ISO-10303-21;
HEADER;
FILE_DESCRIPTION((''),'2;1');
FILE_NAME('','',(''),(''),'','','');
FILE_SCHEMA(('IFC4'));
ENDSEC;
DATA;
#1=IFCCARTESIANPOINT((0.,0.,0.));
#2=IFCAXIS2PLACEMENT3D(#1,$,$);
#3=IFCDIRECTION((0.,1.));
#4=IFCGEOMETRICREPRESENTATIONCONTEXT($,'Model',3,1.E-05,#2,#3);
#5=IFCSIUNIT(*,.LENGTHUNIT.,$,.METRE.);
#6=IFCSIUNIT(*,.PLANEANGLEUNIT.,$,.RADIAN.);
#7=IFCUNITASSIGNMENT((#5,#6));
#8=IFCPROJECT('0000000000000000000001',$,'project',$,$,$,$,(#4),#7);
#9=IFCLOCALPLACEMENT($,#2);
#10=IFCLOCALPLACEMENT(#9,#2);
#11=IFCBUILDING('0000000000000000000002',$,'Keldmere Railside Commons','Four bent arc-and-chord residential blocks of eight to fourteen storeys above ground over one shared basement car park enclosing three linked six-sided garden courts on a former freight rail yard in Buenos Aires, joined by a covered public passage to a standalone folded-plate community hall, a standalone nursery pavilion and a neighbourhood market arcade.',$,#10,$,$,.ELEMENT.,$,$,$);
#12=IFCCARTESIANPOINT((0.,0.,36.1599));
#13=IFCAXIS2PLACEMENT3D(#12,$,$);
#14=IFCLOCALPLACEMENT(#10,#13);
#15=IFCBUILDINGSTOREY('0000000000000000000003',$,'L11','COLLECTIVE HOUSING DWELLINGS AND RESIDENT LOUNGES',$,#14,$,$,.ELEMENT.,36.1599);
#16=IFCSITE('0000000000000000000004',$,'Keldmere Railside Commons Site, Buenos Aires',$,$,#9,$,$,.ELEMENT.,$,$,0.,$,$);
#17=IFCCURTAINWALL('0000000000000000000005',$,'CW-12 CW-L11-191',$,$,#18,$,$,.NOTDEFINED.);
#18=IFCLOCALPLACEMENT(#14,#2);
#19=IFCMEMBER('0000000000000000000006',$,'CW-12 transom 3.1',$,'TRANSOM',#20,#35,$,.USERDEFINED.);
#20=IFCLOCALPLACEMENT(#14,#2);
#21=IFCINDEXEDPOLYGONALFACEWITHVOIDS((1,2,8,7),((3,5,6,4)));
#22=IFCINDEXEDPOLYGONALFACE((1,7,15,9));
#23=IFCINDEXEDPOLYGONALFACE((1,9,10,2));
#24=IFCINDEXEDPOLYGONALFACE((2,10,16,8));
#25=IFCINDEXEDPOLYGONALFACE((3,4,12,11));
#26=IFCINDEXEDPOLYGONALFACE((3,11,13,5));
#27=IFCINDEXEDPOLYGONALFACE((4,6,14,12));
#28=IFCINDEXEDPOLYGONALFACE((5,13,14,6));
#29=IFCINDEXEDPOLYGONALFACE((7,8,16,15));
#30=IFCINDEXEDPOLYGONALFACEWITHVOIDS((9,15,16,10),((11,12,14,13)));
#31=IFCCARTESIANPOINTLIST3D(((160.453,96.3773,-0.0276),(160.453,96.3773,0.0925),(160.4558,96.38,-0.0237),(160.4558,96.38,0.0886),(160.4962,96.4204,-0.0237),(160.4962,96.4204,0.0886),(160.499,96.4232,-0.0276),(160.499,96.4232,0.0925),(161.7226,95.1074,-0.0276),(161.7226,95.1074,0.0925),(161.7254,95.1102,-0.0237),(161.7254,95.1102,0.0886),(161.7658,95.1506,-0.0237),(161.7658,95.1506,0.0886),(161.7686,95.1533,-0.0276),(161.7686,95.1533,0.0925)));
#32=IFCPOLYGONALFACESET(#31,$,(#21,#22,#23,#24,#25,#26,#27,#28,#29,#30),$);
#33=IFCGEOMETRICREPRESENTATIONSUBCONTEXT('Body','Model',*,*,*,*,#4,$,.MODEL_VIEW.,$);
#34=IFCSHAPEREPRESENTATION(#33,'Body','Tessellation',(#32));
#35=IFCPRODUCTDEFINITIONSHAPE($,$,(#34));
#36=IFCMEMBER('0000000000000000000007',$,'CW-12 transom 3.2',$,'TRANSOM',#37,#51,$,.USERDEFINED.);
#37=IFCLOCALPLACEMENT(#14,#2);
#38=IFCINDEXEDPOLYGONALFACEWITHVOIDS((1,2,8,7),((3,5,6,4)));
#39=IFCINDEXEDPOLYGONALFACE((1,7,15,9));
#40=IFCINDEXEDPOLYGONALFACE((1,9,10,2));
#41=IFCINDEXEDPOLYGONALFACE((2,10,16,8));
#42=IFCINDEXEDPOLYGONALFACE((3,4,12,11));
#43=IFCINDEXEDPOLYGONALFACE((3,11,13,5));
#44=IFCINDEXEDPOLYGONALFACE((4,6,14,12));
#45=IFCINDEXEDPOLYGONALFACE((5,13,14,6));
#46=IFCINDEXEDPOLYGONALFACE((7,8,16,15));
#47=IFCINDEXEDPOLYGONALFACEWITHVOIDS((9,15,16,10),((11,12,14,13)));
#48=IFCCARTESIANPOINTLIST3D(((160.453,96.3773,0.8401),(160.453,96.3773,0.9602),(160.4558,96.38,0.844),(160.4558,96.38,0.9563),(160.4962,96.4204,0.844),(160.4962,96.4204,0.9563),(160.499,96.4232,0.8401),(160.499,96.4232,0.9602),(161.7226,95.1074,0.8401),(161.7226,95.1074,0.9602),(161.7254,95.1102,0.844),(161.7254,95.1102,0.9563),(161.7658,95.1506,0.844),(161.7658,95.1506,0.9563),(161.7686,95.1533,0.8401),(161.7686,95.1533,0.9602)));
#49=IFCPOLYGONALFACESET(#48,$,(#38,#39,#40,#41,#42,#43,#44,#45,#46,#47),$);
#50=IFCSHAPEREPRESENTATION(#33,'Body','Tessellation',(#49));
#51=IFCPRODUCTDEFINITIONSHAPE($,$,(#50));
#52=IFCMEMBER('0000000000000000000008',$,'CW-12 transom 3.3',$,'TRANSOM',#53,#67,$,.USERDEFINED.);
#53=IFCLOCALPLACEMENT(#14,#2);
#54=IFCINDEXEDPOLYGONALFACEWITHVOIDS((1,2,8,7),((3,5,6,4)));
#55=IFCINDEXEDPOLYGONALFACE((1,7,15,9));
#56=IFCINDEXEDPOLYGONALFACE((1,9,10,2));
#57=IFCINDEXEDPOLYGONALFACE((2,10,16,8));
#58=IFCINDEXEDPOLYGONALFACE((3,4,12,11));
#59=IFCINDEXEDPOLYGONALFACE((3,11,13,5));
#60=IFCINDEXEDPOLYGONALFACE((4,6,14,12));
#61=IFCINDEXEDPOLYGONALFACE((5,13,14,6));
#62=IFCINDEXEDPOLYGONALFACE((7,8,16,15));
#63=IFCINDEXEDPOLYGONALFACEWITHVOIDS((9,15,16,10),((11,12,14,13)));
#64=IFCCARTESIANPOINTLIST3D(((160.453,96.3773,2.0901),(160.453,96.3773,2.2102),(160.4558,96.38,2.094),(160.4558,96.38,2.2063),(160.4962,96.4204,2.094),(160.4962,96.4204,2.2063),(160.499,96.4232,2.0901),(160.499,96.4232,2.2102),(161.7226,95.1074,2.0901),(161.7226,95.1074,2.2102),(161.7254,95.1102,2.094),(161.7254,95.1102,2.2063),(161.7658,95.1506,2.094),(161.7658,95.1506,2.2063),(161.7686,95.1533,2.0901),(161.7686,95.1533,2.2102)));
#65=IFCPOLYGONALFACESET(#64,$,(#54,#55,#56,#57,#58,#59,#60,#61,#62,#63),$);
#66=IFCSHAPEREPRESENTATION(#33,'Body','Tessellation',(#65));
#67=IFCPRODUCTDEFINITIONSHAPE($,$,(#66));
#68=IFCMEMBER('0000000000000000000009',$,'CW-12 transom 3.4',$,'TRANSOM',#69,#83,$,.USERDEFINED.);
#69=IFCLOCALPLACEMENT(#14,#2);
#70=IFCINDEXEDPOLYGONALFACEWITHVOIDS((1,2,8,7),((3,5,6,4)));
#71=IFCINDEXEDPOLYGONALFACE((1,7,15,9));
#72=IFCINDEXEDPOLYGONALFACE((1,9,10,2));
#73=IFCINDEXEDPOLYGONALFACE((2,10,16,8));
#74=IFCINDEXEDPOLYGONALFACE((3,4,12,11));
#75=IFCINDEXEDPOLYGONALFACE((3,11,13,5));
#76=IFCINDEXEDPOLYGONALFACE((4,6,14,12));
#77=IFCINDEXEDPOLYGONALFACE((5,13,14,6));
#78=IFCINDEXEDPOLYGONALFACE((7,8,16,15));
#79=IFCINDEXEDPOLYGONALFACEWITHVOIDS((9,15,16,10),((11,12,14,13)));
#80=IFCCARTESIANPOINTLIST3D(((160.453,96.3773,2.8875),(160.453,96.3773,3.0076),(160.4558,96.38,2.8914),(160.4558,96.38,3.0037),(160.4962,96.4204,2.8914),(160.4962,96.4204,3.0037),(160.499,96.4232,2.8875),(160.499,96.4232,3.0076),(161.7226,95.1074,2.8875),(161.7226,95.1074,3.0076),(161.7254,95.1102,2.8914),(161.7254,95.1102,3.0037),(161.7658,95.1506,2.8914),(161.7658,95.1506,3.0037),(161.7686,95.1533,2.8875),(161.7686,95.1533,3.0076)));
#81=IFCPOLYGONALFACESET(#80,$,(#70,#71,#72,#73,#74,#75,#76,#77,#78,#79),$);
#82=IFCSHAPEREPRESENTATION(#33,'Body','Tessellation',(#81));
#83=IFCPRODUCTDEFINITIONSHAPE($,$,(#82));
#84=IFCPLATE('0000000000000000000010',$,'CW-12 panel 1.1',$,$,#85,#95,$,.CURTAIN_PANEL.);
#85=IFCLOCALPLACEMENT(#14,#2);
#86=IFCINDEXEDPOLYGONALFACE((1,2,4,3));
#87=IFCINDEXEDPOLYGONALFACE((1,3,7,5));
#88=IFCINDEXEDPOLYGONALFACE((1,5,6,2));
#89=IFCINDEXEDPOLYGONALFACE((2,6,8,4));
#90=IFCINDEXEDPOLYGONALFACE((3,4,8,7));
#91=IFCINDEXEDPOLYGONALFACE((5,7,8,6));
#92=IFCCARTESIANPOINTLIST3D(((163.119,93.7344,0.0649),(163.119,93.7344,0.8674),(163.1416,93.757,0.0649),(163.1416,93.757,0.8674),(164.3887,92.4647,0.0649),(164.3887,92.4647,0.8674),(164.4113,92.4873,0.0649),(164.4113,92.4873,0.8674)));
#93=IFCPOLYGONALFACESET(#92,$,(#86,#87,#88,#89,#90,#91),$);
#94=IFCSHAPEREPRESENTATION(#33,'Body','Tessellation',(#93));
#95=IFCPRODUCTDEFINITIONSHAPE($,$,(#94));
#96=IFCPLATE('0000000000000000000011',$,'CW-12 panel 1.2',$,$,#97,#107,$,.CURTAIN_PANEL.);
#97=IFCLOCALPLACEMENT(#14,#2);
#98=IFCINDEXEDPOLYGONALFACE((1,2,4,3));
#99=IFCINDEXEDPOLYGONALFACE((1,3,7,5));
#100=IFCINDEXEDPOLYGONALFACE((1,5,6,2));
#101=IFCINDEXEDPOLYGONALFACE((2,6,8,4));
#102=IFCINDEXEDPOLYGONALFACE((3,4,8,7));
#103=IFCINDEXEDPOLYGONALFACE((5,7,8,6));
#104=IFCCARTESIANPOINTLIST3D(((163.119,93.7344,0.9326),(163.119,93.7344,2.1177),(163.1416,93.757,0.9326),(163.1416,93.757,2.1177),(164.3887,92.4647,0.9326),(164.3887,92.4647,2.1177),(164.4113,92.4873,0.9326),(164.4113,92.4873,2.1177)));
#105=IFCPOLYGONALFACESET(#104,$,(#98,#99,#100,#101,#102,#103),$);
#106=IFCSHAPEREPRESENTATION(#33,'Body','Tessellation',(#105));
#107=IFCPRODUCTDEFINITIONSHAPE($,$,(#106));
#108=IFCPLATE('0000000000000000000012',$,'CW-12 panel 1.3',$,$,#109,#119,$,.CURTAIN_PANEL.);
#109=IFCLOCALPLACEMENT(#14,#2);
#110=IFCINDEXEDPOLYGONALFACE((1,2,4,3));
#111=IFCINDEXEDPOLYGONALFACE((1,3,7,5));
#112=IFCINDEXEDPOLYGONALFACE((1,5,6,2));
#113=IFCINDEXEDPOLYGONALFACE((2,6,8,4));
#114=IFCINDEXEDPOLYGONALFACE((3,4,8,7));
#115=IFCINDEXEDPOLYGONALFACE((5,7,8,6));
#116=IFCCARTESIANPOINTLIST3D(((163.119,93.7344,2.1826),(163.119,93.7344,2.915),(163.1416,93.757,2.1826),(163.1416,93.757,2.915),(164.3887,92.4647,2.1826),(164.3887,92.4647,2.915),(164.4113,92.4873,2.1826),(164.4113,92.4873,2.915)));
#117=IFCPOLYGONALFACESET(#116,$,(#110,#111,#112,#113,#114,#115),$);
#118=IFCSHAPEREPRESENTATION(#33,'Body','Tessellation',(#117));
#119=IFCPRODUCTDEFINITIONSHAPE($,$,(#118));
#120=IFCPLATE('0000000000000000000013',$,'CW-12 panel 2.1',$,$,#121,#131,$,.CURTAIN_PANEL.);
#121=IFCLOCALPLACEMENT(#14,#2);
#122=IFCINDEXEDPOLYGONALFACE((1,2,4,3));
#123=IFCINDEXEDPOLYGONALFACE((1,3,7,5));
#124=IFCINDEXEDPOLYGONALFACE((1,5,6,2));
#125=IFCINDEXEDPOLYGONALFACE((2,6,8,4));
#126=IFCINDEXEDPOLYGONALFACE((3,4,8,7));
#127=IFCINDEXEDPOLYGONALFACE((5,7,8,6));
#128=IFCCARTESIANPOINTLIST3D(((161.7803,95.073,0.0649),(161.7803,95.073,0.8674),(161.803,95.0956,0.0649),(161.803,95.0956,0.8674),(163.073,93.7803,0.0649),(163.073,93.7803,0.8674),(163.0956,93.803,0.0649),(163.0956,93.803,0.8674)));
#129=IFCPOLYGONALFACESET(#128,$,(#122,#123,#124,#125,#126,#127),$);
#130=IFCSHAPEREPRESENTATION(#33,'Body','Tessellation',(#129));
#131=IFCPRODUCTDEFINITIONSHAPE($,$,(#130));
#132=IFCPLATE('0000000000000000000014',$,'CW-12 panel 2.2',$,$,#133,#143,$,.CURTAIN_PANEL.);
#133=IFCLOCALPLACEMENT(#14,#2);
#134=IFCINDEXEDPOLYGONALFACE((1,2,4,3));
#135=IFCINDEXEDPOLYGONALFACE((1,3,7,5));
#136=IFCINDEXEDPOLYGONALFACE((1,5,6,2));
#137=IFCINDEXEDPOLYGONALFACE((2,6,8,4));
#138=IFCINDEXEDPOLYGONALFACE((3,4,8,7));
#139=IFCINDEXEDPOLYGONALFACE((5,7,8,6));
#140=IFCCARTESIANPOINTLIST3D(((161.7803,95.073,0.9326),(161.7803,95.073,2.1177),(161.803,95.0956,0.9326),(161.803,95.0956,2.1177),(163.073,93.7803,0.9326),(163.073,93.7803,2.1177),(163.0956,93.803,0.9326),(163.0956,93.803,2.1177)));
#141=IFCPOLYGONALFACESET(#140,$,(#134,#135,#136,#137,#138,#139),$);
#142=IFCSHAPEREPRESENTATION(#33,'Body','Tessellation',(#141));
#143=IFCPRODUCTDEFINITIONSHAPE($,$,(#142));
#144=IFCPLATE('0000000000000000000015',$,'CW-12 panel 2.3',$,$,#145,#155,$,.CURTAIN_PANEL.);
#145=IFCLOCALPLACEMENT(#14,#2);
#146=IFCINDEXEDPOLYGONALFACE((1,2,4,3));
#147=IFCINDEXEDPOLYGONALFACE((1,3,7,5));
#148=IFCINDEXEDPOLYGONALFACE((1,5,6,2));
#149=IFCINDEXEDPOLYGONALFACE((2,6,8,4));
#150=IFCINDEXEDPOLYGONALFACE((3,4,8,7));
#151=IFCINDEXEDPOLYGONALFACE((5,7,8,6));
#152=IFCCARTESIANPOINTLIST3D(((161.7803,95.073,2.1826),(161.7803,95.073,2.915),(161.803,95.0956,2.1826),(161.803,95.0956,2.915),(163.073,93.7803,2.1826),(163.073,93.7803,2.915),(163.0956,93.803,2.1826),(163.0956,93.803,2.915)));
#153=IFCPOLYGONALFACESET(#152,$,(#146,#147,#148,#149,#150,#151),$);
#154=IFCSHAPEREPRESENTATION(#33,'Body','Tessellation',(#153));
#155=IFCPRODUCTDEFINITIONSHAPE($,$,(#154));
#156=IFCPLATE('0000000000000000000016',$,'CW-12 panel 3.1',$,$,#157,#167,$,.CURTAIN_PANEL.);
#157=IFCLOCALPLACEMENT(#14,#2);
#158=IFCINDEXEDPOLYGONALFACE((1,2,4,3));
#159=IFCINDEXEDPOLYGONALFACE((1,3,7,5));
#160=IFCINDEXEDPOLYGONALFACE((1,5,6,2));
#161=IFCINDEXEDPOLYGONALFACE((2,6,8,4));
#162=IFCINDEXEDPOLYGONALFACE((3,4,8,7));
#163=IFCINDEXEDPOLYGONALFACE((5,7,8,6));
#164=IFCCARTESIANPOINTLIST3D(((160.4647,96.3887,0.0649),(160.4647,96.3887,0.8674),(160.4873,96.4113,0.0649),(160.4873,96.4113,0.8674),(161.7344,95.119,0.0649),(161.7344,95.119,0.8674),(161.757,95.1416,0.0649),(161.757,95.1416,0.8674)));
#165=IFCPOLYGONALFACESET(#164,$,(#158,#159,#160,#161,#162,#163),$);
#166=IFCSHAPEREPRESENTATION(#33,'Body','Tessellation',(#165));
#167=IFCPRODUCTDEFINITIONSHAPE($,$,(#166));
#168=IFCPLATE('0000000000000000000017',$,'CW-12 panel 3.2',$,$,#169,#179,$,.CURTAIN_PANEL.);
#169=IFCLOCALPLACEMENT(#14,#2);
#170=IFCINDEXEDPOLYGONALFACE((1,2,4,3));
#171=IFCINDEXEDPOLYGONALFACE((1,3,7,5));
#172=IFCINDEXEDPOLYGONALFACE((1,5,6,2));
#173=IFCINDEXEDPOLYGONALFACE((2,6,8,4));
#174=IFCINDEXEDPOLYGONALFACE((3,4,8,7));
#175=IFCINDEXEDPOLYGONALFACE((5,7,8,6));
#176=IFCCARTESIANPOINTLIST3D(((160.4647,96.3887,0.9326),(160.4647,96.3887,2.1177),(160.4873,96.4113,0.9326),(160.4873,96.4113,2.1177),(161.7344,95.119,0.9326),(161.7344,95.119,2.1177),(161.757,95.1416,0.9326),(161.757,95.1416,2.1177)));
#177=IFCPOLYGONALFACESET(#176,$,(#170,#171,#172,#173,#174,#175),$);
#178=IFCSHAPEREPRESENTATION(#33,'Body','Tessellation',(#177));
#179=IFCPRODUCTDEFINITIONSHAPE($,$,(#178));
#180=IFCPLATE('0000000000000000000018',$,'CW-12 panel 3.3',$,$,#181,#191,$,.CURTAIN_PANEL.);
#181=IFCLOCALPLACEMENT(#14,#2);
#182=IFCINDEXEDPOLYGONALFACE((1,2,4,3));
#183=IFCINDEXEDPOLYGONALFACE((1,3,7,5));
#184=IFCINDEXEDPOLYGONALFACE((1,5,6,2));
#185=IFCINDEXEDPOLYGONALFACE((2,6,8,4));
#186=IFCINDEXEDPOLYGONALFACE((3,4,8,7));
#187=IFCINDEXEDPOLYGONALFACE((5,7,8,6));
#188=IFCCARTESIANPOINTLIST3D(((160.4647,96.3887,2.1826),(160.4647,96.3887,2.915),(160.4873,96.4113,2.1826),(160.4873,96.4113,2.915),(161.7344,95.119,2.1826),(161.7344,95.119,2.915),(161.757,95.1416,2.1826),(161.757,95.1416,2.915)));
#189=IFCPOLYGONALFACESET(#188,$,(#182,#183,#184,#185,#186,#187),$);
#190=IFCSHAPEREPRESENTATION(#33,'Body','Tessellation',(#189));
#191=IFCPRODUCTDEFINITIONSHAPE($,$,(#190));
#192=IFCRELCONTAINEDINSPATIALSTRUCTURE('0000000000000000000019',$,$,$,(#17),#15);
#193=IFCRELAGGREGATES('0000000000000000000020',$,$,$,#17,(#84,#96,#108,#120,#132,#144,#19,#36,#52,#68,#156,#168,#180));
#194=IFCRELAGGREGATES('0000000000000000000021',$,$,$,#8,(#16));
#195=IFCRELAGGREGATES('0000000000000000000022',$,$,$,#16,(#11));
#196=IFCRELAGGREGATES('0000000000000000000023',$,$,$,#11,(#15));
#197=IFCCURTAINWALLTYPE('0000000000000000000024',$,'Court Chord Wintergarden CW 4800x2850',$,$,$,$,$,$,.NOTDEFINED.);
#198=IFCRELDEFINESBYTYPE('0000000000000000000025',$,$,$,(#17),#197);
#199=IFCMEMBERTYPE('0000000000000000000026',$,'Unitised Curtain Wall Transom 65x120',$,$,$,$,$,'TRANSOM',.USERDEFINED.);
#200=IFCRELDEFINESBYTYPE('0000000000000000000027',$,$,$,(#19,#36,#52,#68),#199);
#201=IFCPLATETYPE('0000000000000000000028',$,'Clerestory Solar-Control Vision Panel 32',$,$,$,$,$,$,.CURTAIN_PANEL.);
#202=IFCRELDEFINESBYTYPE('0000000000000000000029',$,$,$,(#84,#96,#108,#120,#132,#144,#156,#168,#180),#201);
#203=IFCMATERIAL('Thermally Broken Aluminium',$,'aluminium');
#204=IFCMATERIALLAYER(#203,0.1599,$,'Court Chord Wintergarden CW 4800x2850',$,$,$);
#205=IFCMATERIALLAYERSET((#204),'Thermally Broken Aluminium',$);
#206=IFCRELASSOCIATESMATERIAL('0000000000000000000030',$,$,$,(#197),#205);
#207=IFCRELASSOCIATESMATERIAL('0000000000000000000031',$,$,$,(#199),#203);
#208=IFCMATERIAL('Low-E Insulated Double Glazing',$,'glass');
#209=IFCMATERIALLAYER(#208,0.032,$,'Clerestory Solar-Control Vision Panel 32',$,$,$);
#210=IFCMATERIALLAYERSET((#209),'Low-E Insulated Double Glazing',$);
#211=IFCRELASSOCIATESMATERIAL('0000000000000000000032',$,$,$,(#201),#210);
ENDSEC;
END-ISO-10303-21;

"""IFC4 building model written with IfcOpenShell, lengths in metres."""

from ifc_helpers import new_model, si_unit, direction, frame, origin, origin_2d, place, context, subcontext, project, spatial, rectangle, hollow_rectangle, extrude, material, layer, layer_set, material_profile, profile_set, type_object, element, aggregate, save


model = new_model("IFC4")

# Units and contexts
model_context = context("Model", 3, precision=1e-05, world=origin(), true_north=direction((0.0, 1.0)))
body_context = subcontext(model_context, "Body", "Model", "MODEL_VIEW")
ifc_project = project(units=[si_unit("LENGTHUNIT", "METRE"), si_unit("PLANEANGLEUNIT", "RADIAN")], contexts=[model_context])

# Site, building, storey
site_placement = place(None, origin())
site = spatial("IfcSite", under=ifc_project, at=site_placement, Name="Keldmere Railside Commons Site, Buenos Aires", CompositionType="ELEMENT", RefElevation=0.0)
building_placement = place(site_placement, origin())
building = spatial("IfcBuilding", under=site, at=building_placement, Name="Keldmere Railside Commons", Description="Four bent arc-and-chord residential blocks of eight to fourteen storeys above ground over one shared basement car park enclosing three linked six-sided garden courts on a former freight rail yard in Buenos Aires, joined by a covered public passage to a standalone folded-plate community hall, a standalone nursery pavilion and a neighbourhood market arcade.", CompositionType="ELEMENT")
storey_placement = place(building_placement, frame((0.0, 0.0, 36.1599)))
storey = spatial("IfcBuildingStorey", under=building, at=storey_placement, Name="L11", Description="COLLECTIVE HOUSING DWELLINGS AND RESIDENT LOUNGES", CompositionType="ELEMENT", Elevation=36.1599)

# Curtain wall, members, plates
ifc_material_1 = material(Name="Thermally Broken Aluminium", Category="aluminium")
ifc_layer_1 = layer(ifc_material_1, 0.1599, Name="Court Chord Wintergarden CW 4800x2850")
ifc_layer_set_1 = layer_set([ifc_layer_1], Name="Thermally Broken Aluminium")
curtain_wall_type = type_object("IfcCurtainWallType", Name="Court Chord Wintergarden CW 4800x2850", PredefinedType="NOTDEFINED", material=ifc_layer_set_1)
curtain_wall_placement = place(storey_placement, origin())
curtain_wall = element("IfcCurtainWall", 1, at=curtain_wall_placement, inside=storey, type_object=curtain_wall_type, Name="CW-12 CW-L11-191", PredefinedType="NOTDEFINED")
ifc_material_profile_1 = material_profile(ifc_material_1, hollow_rectangle(XDim=0.0649, YDim=0.1201, WallThickness=0.0039, at=origin_2d()), Name="ALU-TRAN-65x120")
ifc_profile_set_1 = profile_set([ifc_material_profile_1], Name="Thermally Broken Aluminium")
member_type_1 = type_object("IfcMemberType", Name="Unitised Curtain Wall Transom 65x120", ElementType="TRANSOM", PredefinedType="USERDEFINED", material=ifc_profile_set_1)
member_1_placement = place(storey_placement, frame((161.7456, 95.1304, 0.0325), z_axis=(-0.707039, 0.707175, 0.0), x_axis=(-0.707175, -0.707039, 0.0)))
member_1 = element("IfcMember", 2, at=member_1_placement, type_object=member_type_1, Name="CW-12 transom 3.1", ObjectType="TRANSOM", PredefinedType="USERDEFINED", context=body_context, shape_type="SweptSolid", body=[
    extrude(hollow_rectangle(XDim=0.0649, YDim=0.1201, WallThickness=0.0039, at=origin_2d()), origin(), (0.0, 0.0, 1.0), 1.7957),
])
member_2_placement = place(storey_placement, frame((161.7456, 95.1304, 0.9001), z_axis=(-0.707039, 0.707175, 0.0), x_axis=(-0.707175, -0.707039, 0.0)))
member_2 = element("IfcMember", 3, at=member_2_placement, type_object=member_type_1, Name="CW-12 transom 3.2", ObjectType="TRANSOM", PredefinedType="USERDEFINED", context=body_context, shape_type="SweptSolid", body=[
    extrude(hollow_rectangle(XDim=0.0649, YDim=0.1201, WallThickness=0.0039, at=origin_2d()), origin(), (0.0, 0.0, 1.0), 1.7957),
])
member_3_placement = place(storey_placement, frame((161.7456, 95.1304, 2.1501), z_axis=(-0.707039, 0.707175, 0.0), x_axis=(-0.707175, -0.707039, 0.0)))
member_3 = element("IfcMember", 4, at=member_3_placement, type_object=member_type_1, Name="CW-12 transom 3.3", ObjectType="TRANSOM", PredefinedType="USERDEFINED", context=body_context, shape_type="SweptSolid", body=[
    extrude(hollow_rectangle(XDim=0.0649, YDim=0.1201, WallThickness=0.0039, at=origin_2d()), origin(), (0.0, 0.0, 1.0), 1.7957),
])
member_4_placement = place(storey_placement, frame((161.7456, 95.1304, 2.9475), z_axis=(-0.707039, 0.707175, 0.0), x_axis=(-0.707175, -0.707039, 0.0)))
member_4 = element("IfcMember", 5, at=member_4_placement, type_object=member_type_1, Name="CW-12 transom 3.4", ObjectType="TRANSOM", PredefinedType="USERDEFINED", context=body_context, shape_type="SweptSolid", body=[
    extrude(hollow_rectangle(XDim=0.0649, YDim=0.1201, WallThickness=0.0039, at=origin_2d()), origin(), (0.0, 0.0, 1.0), 1.7957),
])
ifc_material_2 = material(Name="Low-E Insulated Double Glazing", Category="glass")
ifc_layer_2 = layer(ifc_material_2, 0.032, Name="Clerestory Solar-Control Vision Panel 32")
ifc_layer_set_2 = layer_set([ifc_layer_2], Name="Low-E Insulated Double Glazing")
plate_type = type_object("IfcPlateType", Name="Clerestory Solar-Control Vision Panel 32", PredefinedType="CURTAIN_PANEL", material=ifc_layer_set_2)
plate_1_placement = place(storey_placement, frame((163.7651, 93.1108, 0.0649), z_axis=(0.0, 0.0, 1.0), x_axis=(-0.707107, 0.707107, 0.0)))
plate_1 = element("IfcPlate", 6, at=plate_1_placement, type_object=plate_type, Name="CW-12 panel 1.1", PredefinedType="CURTAIN_PANEL", context=body_context, shape_type="SweptSolid", body=[
    extrude(rectangle(XDim=1.7957, YDim=0.032, at=origin_2d()), origin(), (0.0, 0.0, 1.0), 0.8025),
])
plate_2_placement = place(storey_placement, frame((163.7651, 93.1108, 0.9326), z_axis=(0.0, 0.0, 1.0), x_axis=(-0.707107, 0.707107, 0.0)))
plate_2 = element("IfcPlate", 7, at=plate_2_placement, type_object=plate_type, Name="CW-12 panel 1.2", PredefinedType="CURTAIN_PANEL", context=body_context, shape_type="SweptSolid", body=[
    extrude(rectangle(XDim=1.7957, YDim=0.032, at=origin_2d()), origin(), (0.0, 0.0, 1.0), 1.1851),
])
plate_3_placement = place(storey_placement, frame((163.7651, 93.1108, 2.1826), z_axis=(0.0, 0.0, 1.0), x_axis=(-0.707107, 0.707107, 0.0)))
plate_3 = element("IfcPlate", 8, at=plate_3_placement, type_object=plate_type, Name="CW-12 panel 1.3", PredefinedType="CURTAIN_PANEL", context=body_context, shape_type="SweptSolid", body=[
    extrude(rectangle(XDim=1.7957, YDim=0.032, at=origin_2d()), origin(), (0.0, 0.0, 1.0), 0.7324),
])
plate_4_placement = place(storey_placement, frame((162.438, 94.438, 0.0649), z_axis=(0.0, 0.0, 1.0), x_axis=(-0.707107, 0.707107, 0.0)))
plate_4 = element("IfcPlate", 9, at=plate_4_placement, type_object=plate_type, Name="CW-12 panel 2.1", PredefinedType="CURTAIN_PANEL", context=body_context, shape_type="SweptSolid", body=[
    extrude(rectangle(XDim=1.8281, YDim=0.032, at=origin_2d()), origin(), (0.0, 0.0, 1.0), 0.8025),
])
plate_5_placement = place(storey_placement, frame((162.438, 94.438, 0.9326), z_axis=(0.0, 0.0, 1.0), x_axis=(-0.707107, 0.707107, 0.0)))
plate_5 = element("IfcPlate", 10, at=plate_5_placement, type_object=plate_type, Name="CW-12 panel 2.2", PredefinedType="CURTAIN_PANEL", context=body_context, shape_type="SweptSolid", body=[
    extrude(rectangle(XDim=1.8281, YDim=0.032, at=origin_2d()), origin(), (0.0, 0.0, 1.0), 1.1851),
])
plate_6_placement = place(storey_placement, frame((162.438, 94.438, 2.1826), z_axis=(0.0, 0.0, 1.0), x_axis=(-0.707107, 0.707107, 0.0)))
plate_6 = element("IfcPlate", 11, at=plate_6_placement, type_object=plate_type, Name="CW-12 panel 2.3", PredefinedType="CURTAIN_PANEL", context=body_context, shape_type="SweptSolid", body=[
    extrude(rectangle(XDim=1.8281, YDim=0.032, at=origin_2d()), origin(), (0.0, 0.0, 1.0), 0.7324),
])
plate_7_placement = place(storey_placement, frame((161.1108, 95.7651, 0.0649), z_axis=(0.0, 0.0, 1.0), x_axis=(-0.707107, 0.707107, 0.0)))
plate_7 = element("IfcPlate", 12, at=plate_7_placement, type_object=plate_type, Name="CW-12 panel 3.1", PredefinedType="CURTAIN_PANEL", context=body_context, shape_type="SweptSolid", body=[
    extrude(rectangle(XDim=1.7957, YDim=0.032, at=origin_2d()), origin(), (0.0, 0.0, 1.0), 0.8025),
])
plate_8_placement = place(storey_placement, frame((161.1108, 95.7651, 0.9326), z_axis=(0.0, 0.0, 1.0), x_axis=(-0.707107, 0.707107, 0.0)))
plate_8 = element("IfcPlate", 13, at=plate_8_placement, type_object=plate_type, Name="CW-12 panel 3.2", PredefinedType="CURTAIN_PANEL", context=body_context, shape_type="SweptSolid", body=[
    extrude(rectangle(XDim=1.7957, YDim=0.032, at=origin_2d()), origin(), (0.0, 0.0, 1.0), 1.1851),
])
plate_9_placement = place(storey_placement, frame((161.1108, 95.7651, 2.1826), z_axis=(0.0, 0.0, 1.0), x_axis=(-0.707107, 0.707107, 0.0)))
plate_9 = element("IfcPlate", 14, at=plate_9_placement, type_object=plate_type, Name="CW-12 panel 3.3", PredefinedType="CURTAIN_PANEL", context=body_context, shape_type="SweptSolid", body=[
    extrude(rectangle(XDim=1.7957, YDim=0.032, at=origin_2d()), origin(), (0.0, 0.0, 1.0), 0.7324),
])
aggregate(curtain_wall, [plate_1, plate_2, plate_3, plate_4, plate_5, plate_6, member_1, member_2, member_3, member_4, plate_7, plate_8, plate_9])

save(model, "model.ifc")
